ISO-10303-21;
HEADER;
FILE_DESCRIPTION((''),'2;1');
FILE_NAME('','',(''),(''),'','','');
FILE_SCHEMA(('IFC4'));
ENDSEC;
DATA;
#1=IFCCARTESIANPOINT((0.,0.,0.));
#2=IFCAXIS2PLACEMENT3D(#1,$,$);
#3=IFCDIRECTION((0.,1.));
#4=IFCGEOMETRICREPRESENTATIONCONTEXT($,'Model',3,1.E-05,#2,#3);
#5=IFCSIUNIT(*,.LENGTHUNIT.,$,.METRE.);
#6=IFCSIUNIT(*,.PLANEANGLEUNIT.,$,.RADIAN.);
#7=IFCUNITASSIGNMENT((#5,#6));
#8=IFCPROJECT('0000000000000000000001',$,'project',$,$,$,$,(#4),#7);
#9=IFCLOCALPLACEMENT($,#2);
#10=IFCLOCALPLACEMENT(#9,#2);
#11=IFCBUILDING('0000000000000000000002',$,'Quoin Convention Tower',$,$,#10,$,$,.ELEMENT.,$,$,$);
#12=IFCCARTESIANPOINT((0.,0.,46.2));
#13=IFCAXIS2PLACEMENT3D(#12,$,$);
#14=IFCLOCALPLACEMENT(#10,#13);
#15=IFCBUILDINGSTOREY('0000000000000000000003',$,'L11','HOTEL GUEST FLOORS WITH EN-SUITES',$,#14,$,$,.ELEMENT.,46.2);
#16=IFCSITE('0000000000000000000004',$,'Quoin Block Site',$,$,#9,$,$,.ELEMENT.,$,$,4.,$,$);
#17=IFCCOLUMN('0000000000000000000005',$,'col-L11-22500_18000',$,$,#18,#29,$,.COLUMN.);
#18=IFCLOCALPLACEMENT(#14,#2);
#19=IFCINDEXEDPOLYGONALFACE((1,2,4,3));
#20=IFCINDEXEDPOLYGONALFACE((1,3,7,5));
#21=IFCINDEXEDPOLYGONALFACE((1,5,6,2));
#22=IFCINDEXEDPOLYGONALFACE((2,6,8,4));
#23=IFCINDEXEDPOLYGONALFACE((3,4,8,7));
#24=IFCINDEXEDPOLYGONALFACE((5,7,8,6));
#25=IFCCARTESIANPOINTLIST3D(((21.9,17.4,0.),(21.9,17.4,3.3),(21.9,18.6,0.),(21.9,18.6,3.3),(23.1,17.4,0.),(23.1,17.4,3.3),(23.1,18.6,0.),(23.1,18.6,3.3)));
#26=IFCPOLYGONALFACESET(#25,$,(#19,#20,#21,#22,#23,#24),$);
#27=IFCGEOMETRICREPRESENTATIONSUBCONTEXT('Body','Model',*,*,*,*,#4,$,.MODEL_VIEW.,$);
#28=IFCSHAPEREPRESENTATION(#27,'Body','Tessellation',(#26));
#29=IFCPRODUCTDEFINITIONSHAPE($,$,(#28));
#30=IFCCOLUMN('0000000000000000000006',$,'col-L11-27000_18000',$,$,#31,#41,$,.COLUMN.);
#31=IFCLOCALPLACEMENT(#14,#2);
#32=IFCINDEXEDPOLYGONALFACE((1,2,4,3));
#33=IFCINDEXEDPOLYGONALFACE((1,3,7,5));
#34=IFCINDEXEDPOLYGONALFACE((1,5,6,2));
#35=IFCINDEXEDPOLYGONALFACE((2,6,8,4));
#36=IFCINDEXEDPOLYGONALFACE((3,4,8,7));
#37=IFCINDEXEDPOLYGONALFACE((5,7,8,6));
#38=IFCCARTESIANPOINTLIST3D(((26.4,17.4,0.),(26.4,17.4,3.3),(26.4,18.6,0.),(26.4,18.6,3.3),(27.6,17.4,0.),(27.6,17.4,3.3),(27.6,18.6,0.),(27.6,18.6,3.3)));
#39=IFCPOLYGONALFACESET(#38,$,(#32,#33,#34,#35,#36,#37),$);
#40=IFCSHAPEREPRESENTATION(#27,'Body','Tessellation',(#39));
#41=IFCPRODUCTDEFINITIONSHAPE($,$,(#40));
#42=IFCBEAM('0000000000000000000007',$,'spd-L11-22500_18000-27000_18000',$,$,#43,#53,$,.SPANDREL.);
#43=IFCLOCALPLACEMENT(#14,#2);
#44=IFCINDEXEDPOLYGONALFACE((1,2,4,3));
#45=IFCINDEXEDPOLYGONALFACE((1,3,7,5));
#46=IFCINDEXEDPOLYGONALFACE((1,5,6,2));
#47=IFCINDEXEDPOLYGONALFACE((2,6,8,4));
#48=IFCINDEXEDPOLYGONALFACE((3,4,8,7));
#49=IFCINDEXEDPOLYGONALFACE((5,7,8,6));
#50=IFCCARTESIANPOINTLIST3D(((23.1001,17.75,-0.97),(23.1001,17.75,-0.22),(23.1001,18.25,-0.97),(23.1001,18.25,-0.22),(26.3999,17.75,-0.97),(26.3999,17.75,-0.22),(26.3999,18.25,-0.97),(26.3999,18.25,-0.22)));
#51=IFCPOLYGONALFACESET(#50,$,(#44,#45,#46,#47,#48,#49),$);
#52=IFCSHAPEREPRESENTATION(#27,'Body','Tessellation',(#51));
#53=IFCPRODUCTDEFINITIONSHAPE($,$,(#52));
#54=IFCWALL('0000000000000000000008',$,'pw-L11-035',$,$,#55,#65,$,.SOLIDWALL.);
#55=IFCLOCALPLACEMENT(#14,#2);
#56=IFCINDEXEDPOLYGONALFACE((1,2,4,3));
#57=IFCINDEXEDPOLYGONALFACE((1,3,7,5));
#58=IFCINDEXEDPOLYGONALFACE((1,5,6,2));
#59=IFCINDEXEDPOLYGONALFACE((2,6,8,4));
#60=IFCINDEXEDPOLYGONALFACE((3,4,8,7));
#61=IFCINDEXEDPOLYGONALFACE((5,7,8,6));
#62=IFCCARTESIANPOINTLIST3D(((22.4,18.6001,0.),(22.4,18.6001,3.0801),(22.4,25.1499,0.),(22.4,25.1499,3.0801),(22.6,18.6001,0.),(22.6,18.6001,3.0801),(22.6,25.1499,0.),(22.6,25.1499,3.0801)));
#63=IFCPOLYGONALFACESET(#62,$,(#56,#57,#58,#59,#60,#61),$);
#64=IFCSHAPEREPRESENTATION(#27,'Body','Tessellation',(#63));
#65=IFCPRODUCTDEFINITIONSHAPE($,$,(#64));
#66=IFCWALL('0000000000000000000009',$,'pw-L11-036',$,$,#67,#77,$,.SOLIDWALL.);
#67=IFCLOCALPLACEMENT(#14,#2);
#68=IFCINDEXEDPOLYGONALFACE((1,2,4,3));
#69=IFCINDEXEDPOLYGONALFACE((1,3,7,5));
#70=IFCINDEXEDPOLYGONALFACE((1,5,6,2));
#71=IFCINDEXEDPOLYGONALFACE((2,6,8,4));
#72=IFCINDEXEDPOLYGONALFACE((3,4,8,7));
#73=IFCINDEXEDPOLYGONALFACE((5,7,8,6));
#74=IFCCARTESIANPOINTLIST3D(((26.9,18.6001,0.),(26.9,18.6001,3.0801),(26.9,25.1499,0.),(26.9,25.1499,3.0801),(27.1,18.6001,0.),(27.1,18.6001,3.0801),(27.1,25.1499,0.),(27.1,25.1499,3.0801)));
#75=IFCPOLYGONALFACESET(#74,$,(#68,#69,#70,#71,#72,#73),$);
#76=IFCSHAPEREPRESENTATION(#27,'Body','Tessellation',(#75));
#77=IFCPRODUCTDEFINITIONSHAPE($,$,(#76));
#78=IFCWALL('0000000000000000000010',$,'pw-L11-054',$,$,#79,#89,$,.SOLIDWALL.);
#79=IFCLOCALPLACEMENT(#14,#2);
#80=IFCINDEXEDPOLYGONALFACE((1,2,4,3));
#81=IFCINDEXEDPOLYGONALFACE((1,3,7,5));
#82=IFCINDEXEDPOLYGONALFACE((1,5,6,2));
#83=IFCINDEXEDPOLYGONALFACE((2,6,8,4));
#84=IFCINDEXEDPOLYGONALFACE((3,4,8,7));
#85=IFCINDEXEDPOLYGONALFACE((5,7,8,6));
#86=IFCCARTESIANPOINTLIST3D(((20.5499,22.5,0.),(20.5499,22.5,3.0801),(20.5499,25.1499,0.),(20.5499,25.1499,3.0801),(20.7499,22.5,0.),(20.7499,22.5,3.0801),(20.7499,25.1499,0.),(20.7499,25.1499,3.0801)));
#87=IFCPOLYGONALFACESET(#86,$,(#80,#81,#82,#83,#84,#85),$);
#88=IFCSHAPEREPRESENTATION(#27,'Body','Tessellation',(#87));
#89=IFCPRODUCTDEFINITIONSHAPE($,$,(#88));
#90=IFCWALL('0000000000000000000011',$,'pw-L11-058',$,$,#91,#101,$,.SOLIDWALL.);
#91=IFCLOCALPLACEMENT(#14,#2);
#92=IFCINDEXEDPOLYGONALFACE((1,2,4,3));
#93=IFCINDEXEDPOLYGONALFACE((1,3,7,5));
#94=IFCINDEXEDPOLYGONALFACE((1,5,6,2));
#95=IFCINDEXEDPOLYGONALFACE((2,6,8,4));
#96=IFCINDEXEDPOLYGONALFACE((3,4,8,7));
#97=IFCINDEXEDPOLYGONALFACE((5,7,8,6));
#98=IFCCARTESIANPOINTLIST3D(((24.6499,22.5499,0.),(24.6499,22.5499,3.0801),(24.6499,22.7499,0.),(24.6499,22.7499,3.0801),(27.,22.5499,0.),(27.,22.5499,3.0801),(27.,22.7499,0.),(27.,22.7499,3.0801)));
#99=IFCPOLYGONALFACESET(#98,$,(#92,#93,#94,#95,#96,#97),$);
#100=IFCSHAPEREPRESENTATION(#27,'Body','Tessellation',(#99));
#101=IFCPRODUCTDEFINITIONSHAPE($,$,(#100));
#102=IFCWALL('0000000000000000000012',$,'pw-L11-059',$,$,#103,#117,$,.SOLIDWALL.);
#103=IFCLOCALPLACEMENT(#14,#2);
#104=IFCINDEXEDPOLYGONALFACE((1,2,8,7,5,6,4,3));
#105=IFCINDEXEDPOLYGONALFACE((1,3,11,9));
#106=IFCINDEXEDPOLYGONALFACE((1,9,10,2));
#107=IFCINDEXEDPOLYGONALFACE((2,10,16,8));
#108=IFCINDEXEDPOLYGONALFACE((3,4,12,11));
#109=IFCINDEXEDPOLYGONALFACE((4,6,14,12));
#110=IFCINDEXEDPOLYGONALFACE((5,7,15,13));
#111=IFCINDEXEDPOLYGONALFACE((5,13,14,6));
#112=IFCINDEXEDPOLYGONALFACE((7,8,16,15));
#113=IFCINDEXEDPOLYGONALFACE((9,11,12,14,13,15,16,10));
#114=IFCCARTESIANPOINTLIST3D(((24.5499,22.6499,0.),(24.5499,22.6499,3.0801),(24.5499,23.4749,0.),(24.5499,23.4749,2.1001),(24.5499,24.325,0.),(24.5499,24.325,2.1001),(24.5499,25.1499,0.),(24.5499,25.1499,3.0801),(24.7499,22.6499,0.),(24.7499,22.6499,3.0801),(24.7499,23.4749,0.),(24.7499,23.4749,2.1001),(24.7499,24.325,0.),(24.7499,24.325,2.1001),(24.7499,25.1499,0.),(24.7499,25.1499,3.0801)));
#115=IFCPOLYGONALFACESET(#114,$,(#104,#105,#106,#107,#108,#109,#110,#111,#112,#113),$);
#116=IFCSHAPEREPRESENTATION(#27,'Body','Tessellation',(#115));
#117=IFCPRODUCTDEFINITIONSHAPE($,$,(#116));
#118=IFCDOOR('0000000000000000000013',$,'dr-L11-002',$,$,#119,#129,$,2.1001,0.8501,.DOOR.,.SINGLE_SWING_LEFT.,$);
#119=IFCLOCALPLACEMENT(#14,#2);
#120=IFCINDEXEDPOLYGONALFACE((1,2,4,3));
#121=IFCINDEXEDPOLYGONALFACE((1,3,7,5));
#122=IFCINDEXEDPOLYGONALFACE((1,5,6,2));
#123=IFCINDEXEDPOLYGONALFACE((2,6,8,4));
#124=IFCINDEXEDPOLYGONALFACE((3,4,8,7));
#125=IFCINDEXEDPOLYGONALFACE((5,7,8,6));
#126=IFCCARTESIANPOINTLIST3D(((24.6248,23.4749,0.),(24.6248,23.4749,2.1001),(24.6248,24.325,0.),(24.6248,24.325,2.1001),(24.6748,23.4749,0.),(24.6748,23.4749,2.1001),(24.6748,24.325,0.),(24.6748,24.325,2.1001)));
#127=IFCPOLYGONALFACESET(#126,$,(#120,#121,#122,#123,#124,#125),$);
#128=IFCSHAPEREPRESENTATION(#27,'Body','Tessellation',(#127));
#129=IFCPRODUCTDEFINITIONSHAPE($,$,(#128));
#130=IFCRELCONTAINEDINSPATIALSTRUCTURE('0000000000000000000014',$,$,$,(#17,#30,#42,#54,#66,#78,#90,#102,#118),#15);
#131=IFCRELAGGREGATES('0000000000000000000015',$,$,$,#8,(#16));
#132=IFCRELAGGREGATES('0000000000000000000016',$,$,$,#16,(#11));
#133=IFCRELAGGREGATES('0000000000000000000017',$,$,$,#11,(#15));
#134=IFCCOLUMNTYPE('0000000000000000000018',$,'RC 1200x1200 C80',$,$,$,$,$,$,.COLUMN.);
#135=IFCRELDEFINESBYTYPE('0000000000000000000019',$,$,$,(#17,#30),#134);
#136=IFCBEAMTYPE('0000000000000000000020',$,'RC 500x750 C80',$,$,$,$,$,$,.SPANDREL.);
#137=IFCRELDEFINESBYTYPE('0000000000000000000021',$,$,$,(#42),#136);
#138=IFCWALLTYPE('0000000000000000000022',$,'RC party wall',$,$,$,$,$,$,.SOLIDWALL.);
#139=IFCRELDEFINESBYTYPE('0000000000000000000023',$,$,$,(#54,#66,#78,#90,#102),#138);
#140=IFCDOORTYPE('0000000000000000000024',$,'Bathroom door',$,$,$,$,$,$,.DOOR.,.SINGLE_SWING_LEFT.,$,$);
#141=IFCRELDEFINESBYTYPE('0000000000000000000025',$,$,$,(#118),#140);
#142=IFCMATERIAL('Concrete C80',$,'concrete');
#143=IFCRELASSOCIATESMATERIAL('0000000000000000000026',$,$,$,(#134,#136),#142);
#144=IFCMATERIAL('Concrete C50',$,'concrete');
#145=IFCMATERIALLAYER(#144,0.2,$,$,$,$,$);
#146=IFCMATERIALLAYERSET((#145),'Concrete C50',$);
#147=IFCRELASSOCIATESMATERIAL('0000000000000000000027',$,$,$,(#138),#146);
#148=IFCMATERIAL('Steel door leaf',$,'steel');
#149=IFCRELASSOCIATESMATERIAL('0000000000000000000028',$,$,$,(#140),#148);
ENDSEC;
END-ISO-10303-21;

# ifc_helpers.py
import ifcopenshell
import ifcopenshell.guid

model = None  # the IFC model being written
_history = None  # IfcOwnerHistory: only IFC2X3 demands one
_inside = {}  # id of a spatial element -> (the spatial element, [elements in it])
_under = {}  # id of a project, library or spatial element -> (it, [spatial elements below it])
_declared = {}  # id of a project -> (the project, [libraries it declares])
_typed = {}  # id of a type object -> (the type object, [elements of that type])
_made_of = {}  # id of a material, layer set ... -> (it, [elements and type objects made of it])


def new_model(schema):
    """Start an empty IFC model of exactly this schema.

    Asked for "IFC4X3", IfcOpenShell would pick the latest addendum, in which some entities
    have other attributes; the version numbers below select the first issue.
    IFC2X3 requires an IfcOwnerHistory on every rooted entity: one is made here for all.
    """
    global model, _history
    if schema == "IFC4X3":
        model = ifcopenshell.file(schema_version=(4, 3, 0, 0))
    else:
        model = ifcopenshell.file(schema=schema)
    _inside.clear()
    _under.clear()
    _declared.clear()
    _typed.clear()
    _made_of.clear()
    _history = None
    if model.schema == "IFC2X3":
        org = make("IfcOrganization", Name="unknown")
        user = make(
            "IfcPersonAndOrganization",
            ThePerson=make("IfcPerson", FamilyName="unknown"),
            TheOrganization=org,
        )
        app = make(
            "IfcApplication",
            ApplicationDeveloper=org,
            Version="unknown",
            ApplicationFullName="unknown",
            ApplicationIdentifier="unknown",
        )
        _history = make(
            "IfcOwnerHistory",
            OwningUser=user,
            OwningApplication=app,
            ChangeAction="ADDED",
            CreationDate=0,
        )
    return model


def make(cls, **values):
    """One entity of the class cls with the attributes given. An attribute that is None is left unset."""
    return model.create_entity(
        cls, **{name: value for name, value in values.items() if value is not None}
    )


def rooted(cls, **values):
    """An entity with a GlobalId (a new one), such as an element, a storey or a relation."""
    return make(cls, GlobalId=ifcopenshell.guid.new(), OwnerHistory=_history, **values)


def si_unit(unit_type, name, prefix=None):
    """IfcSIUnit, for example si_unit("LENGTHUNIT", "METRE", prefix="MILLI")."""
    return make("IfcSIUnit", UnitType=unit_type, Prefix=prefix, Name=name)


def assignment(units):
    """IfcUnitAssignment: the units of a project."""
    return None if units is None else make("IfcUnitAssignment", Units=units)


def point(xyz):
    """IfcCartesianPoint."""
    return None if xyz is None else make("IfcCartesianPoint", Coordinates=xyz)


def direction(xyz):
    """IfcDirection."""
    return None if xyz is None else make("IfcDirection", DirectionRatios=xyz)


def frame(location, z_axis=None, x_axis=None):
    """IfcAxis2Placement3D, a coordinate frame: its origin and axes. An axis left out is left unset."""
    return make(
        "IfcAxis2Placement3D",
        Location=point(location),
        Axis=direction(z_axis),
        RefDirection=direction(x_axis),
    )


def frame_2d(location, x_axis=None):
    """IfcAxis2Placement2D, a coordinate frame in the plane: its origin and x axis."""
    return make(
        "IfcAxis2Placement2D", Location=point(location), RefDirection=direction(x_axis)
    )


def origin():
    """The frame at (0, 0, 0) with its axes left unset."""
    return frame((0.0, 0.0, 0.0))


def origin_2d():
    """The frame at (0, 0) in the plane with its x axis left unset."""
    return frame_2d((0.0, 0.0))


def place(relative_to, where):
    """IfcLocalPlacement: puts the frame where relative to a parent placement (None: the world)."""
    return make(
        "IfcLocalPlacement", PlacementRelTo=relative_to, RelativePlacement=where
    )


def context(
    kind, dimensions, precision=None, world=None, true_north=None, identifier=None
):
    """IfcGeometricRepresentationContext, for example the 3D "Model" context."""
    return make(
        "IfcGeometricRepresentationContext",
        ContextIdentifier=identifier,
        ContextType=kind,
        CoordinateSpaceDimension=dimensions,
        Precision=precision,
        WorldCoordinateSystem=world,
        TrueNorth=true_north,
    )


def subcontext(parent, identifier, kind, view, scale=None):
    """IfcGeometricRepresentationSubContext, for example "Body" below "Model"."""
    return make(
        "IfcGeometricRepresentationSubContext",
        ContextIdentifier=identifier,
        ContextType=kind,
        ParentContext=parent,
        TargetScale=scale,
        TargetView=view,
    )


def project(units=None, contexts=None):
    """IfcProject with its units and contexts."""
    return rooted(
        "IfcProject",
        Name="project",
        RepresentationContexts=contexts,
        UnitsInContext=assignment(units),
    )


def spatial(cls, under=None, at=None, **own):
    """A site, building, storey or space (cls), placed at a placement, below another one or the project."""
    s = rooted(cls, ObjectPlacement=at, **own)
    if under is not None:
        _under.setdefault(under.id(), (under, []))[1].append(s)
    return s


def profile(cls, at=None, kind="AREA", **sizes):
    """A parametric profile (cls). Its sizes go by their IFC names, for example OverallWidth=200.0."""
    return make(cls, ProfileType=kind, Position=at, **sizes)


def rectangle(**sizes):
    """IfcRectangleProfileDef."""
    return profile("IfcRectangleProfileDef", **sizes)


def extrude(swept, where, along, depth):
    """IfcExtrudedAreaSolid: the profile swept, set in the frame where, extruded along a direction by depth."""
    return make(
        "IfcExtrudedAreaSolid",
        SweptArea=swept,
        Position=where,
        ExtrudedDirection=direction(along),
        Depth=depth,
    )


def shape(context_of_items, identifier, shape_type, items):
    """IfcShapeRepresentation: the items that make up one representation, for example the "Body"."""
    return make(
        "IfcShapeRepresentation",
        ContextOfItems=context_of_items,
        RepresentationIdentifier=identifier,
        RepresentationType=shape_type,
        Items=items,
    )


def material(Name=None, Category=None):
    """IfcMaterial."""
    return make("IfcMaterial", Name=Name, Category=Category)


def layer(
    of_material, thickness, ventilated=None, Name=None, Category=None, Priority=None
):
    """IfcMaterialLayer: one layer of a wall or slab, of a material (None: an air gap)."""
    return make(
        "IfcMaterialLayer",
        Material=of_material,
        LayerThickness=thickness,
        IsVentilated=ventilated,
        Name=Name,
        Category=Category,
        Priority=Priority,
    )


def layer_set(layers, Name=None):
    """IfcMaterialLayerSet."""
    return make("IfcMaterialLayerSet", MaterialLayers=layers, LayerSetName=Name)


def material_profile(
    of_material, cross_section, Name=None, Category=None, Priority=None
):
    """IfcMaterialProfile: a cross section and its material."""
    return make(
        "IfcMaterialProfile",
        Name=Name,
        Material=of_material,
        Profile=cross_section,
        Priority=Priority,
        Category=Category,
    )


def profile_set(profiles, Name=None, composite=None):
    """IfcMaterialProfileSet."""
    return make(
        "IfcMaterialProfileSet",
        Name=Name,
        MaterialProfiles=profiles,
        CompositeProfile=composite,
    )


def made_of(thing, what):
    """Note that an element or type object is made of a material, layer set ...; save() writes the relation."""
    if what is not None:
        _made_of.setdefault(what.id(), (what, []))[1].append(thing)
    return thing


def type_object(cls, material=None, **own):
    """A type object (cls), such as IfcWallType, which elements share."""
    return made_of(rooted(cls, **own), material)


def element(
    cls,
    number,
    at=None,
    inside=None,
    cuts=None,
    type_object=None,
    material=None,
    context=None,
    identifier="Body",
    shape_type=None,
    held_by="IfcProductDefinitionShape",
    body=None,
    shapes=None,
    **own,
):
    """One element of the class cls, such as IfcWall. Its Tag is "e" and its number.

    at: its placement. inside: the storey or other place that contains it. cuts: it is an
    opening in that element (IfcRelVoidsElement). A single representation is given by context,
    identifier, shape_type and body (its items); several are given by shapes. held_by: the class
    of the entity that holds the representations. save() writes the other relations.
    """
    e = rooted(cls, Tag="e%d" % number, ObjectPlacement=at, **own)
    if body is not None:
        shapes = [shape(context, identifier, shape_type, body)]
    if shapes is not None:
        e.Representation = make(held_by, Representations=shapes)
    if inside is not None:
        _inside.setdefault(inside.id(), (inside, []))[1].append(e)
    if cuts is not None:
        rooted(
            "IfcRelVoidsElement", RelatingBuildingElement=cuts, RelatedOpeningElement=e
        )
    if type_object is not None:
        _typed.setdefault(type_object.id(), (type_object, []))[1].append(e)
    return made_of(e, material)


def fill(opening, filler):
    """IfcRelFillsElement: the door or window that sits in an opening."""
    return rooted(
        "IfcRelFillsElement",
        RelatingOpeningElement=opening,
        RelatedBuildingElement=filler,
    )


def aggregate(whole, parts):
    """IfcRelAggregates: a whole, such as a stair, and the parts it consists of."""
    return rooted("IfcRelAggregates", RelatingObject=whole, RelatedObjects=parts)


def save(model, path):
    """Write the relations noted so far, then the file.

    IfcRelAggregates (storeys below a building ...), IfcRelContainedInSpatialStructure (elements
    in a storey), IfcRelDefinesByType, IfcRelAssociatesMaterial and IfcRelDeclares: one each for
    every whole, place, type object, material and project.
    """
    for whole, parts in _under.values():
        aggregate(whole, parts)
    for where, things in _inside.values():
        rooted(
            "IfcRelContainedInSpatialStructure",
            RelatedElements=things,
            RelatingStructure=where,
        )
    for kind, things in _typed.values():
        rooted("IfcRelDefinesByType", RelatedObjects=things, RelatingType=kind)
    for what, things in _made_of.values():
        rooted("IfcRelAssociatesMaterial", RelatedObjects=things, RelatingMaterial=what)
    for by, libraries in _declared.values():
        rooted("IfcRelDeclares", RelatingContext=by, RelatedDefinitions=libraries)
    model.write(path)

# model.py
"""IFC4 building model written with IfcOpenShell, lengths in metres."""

from ifc_helpers import new_model, si_unit, direction, frame, frame_2d, origin, origin_2d, place, context, subcontext, project, spatial, rectangle, extrude, material, layer, layer_set, material_profile, profile_set, type_object, element, fill, save


model = new_model("IFC4")

# Units and contexts
model_context = context("Model", 3, precision=1e-05, world=origin(), true_north=direction((0.0, 1.0)))
body_context = subcontext(model_context, "Body", "Model", "MODEL_VIEW")
ifc_project = project(units=[si_unit("LENGTHUNIT", "METRE"), si_unit("PLANEANGLEUNIT", "RADIAN")], contexts=[model_context])

# Site, building, storey
site_placement = place(None, origin())
site = spatial("IfcSite", under=ifc_project, at=site_placement, Name="Quoin Block Site", CompositionType="ELEMENT", RefElevation=4.0)
building_placement = place(site_placement, origin())
building = spatial("IfcBuilding", under=site, at=building_placement, Name="Quoin Convention Tower", CompositionType="ELEMENT")
storey_placement = place(building_placement, frame((0.0, 0.0, 46.2)))
storey = spatial("IfcBuildingStorey", under=building, at=storey_placement, Name="L11", Description="HOTEL GUEST FLOORS WITH EN-SUITES", CompositionType="ELEMENT", Elevation=46.2)

# Columns
ifc_material_1 = material(Name="Concrete C80", Category="concrete")
ifc_material_profile_1 = material_profile(ifc_material_1, rectangle(XDim=1.2, YDim=1.2, at=origin_2d()), Name="RC 1200x1200")
ifc_profile_set_1 = profile_set([ifc_material_profile_1], Name="Concrete C80")
column_type = type_object("IfcColumnType", Name="RC 1200x1200 C80", PredefinedType="COLUMN", material=ifc_profile_set_1)
for number, where, z_axis, x_axis, name in (
    (1, (22.5, 18.0, 0.0), (0.0, 0.0, 1.0), (1.0, 0.0, 0.0), "col-L11-22500_18000"),
    (2, (27.0, 18.0, 0.0), (0.0, 0.0, 1.0), (1.0, 0.0, 0.0), "col-L11-27000_18000"),
):
    element("IfcColumn", number, at=place(storey_placement, frame(where, z_axis=z_axis, x_axis=x_axis)), inside=storey, type_object=column_type, Name=name, PredefinedType="COLUMN", context=body_context, shape_type="SweptSolid", body=[
        extrude(rectangle(XDim=1.2, YDim=1.2, at=origin_2d()), origin(), (0.0, 0.0, 1.0), 3.3),
    ])

# Beam
ifc_material_profile_2 = material_profile(ifc_material_1, rectangle(XDim=0.5, YDim=0.75, at=origin_2d()), Name="RC 500x750")
ifc_profile_set_2 = profile_set([ifc_material_profile_2], Name="Concrete C80")
beam_type = type_object("IfcBeamType", Name="RC 500x750 C80", PredefinedType="SPANDREL", material=ifc_profile_set_2)
beam_placement = place(storey_placement, frame((23.1001, 18.0, -0.595), z_axis=(1.0, 0.0, 0.0), x_axis=(0.0, 1.0, 0.0)))
element("IfcBeam", 3, at=beam_placement, inside=storey, type_object=beam_type, Name="spd-L11-22500_18000-27000_18000", PredefinedType="SPANDREL", context=body_context, shape_type="SweptSolid", body=[
    extrude(rectangle(XDim=0.5, YDim=0.75, at=origin_2d()), origin(), (0.0, 0.0, 1.0), 3.2998),
])

# Walls
ifc_material_2 = material(Name="Concrete C50", Category="concrete")
ifc_layer_1 = layer(ifc_material_2, 0.2)
ifc_layer_set_1 = layer_set([ifc_layer_1], Name="Concrete C50")
wall_type_1 = type_object("IfcWallType", Name="RC party wall", PredefinedType="SOLIDWALL", material=ifc_layer_set_1)
for number, where, z_axis, x_axis, name in (
    (4, (22.5, 18.6001, 0.0), (0.0, 0.0, 1.0), (0.0, 1.0, 0.0), "pw-L11-035"),
    (5, (27.0, 18.6001, 0.0), (0.0, 0.0, 1.0), (0.0, 1.0, 0.0), "pw-L11-036"),
):
    element("IfcWall", number, at=place(storey_placement, frame(where, z_axis=z_axis, x_axis=x_axis)), inside=storey, type_object=wall_type_1, Name=name, PredefinedType="SOLIDWALL", context=body_context, shape_type="SweptSolid", body=[
        extrude(rectangle(XDim=6.5498, YDim=0.2, at=frame_2d((3.2749, 0.0))), origin(), (0.0, 0.0, 1.0), 3.0801),
    ])
wall_1_placement = place(storey_placement, frame((20.6499, 22.5, 0.0), z_axis=(0.0, 0.0, 1.0), x_axis=(0.0, 1.0, 0.0)))
element("IfcWall", 6, at=wall_1_placement, inside=storey, type_object=wall_type_1, Name="pw-L11-054", PredefinedType="SOLIDWALL", context=body_context, shape_type="SweptSolid", body=[
    extrude(rectangle(XDim=2.6499, YDim=0.2, at=frame_2d((1.325, 0.0))), origin(), (0.0, 0.0, 1.0), 3.0801),
])
wall_2_placement = place(storey_placement, frame((24.6499, 22.6499, 0.0), z_axis=(0.0, 0.0, 1.0), x_axis=(1.0, 0.0, 0.0)))
element("IfcWall", 7, at=wall_2_placement, inside=storey, type_object=wall_type_1, Name="pw-L11-058", PredefinedType="SOLIDWALL", context=body_context, shape_type="SweptSolid", body=[
    extrude(rectangle(XDim=2.3501, YDim=0.2, at=frame_2d((1.175, 0.0))), origin(), (0.0, 0.0, 1.0), 3.0801),
])

# Wall, opening, door
wall_3_placement = place(storey_placement, frame((24.6499, 22.6499, 0.0), z_axis=(0.0, 0.0, 1.0), x_axis=(0.0, 1.0, 0.0)))
wall_3 = element("IfcWall", 8, at=wall_3_placement, inside=storey, type_object=wall_type_1, Name="pw-L11-059", PredefinedType="SOLIDWALL", context=body_context, shape_type="SweptSolid", body=[
    extrude(rectangle(XDim=2.5, YDim=0.2, at=frame_2d((1.25, 0.0))), origin(), (0.0, 0.0, 1.0), 3.0801),
])
opening_1_placement = place(wall_3_placement, frame((0.825, 0.0, 0.0)))
opening_1 = element("IfcOpeningElement", 9, at=opening_1_placement, cuts=wall_3, PredefinedType="OPENING", context=body_context, shape_type="SweptSolid", body=[
    extrude(rectangle(XDim=0.8501, YDim=2.1001, at=frame_2d((0.425, 1.05))), frame((0.0, 0.1099, 0.0), z_axis=(0.0, -1.0, 0.0), x_axis=(1.0, 0.0, 0.0)), (0.0, 0.0, 1.0), 0.22),
])
ifc_material_3 = material(Name="Steel door leaf", Category="steel")
door_type_1 = type_object("IfcDoorType", Name="Bathroom door", OperationType="SINGLE_SWING_LEFT", PredefinedType="DOOR", material=ifc_material_3)
door_1_placement = place(opening_1_placement, frame((0.8501, 0.0, 0.0), z_axis=(0.0, 0.0, 1.0), x_axis=(-1.0, 0.0, 0.0)))
door_1 = element("IfcDoor", 10, at=door_1_placement, inside=storey, type_object=door_type_1, Name="dr-L11-002", OperationType="SINGLE_SWING_LEFT", OverallHeight=2.1001, OverallWidth=0.8501, PredefinedType="DOOR", context=body_context, shape_type="SweptSolid", body=[
    extrude(rectangle(XDim=0.8501, YDim=2.1001, at=frame_2d((0.425, 1.05))), frame((0.0, 0.0249, 0.0), z_axis=(0.0, -1.0, 0.0), x_axis=(1.0, 0.0, 0.0)), (0.0, 0.0, 1.0), 0.05),
])
fill(opening_1, door_1)

save(model, "model.ifc")
